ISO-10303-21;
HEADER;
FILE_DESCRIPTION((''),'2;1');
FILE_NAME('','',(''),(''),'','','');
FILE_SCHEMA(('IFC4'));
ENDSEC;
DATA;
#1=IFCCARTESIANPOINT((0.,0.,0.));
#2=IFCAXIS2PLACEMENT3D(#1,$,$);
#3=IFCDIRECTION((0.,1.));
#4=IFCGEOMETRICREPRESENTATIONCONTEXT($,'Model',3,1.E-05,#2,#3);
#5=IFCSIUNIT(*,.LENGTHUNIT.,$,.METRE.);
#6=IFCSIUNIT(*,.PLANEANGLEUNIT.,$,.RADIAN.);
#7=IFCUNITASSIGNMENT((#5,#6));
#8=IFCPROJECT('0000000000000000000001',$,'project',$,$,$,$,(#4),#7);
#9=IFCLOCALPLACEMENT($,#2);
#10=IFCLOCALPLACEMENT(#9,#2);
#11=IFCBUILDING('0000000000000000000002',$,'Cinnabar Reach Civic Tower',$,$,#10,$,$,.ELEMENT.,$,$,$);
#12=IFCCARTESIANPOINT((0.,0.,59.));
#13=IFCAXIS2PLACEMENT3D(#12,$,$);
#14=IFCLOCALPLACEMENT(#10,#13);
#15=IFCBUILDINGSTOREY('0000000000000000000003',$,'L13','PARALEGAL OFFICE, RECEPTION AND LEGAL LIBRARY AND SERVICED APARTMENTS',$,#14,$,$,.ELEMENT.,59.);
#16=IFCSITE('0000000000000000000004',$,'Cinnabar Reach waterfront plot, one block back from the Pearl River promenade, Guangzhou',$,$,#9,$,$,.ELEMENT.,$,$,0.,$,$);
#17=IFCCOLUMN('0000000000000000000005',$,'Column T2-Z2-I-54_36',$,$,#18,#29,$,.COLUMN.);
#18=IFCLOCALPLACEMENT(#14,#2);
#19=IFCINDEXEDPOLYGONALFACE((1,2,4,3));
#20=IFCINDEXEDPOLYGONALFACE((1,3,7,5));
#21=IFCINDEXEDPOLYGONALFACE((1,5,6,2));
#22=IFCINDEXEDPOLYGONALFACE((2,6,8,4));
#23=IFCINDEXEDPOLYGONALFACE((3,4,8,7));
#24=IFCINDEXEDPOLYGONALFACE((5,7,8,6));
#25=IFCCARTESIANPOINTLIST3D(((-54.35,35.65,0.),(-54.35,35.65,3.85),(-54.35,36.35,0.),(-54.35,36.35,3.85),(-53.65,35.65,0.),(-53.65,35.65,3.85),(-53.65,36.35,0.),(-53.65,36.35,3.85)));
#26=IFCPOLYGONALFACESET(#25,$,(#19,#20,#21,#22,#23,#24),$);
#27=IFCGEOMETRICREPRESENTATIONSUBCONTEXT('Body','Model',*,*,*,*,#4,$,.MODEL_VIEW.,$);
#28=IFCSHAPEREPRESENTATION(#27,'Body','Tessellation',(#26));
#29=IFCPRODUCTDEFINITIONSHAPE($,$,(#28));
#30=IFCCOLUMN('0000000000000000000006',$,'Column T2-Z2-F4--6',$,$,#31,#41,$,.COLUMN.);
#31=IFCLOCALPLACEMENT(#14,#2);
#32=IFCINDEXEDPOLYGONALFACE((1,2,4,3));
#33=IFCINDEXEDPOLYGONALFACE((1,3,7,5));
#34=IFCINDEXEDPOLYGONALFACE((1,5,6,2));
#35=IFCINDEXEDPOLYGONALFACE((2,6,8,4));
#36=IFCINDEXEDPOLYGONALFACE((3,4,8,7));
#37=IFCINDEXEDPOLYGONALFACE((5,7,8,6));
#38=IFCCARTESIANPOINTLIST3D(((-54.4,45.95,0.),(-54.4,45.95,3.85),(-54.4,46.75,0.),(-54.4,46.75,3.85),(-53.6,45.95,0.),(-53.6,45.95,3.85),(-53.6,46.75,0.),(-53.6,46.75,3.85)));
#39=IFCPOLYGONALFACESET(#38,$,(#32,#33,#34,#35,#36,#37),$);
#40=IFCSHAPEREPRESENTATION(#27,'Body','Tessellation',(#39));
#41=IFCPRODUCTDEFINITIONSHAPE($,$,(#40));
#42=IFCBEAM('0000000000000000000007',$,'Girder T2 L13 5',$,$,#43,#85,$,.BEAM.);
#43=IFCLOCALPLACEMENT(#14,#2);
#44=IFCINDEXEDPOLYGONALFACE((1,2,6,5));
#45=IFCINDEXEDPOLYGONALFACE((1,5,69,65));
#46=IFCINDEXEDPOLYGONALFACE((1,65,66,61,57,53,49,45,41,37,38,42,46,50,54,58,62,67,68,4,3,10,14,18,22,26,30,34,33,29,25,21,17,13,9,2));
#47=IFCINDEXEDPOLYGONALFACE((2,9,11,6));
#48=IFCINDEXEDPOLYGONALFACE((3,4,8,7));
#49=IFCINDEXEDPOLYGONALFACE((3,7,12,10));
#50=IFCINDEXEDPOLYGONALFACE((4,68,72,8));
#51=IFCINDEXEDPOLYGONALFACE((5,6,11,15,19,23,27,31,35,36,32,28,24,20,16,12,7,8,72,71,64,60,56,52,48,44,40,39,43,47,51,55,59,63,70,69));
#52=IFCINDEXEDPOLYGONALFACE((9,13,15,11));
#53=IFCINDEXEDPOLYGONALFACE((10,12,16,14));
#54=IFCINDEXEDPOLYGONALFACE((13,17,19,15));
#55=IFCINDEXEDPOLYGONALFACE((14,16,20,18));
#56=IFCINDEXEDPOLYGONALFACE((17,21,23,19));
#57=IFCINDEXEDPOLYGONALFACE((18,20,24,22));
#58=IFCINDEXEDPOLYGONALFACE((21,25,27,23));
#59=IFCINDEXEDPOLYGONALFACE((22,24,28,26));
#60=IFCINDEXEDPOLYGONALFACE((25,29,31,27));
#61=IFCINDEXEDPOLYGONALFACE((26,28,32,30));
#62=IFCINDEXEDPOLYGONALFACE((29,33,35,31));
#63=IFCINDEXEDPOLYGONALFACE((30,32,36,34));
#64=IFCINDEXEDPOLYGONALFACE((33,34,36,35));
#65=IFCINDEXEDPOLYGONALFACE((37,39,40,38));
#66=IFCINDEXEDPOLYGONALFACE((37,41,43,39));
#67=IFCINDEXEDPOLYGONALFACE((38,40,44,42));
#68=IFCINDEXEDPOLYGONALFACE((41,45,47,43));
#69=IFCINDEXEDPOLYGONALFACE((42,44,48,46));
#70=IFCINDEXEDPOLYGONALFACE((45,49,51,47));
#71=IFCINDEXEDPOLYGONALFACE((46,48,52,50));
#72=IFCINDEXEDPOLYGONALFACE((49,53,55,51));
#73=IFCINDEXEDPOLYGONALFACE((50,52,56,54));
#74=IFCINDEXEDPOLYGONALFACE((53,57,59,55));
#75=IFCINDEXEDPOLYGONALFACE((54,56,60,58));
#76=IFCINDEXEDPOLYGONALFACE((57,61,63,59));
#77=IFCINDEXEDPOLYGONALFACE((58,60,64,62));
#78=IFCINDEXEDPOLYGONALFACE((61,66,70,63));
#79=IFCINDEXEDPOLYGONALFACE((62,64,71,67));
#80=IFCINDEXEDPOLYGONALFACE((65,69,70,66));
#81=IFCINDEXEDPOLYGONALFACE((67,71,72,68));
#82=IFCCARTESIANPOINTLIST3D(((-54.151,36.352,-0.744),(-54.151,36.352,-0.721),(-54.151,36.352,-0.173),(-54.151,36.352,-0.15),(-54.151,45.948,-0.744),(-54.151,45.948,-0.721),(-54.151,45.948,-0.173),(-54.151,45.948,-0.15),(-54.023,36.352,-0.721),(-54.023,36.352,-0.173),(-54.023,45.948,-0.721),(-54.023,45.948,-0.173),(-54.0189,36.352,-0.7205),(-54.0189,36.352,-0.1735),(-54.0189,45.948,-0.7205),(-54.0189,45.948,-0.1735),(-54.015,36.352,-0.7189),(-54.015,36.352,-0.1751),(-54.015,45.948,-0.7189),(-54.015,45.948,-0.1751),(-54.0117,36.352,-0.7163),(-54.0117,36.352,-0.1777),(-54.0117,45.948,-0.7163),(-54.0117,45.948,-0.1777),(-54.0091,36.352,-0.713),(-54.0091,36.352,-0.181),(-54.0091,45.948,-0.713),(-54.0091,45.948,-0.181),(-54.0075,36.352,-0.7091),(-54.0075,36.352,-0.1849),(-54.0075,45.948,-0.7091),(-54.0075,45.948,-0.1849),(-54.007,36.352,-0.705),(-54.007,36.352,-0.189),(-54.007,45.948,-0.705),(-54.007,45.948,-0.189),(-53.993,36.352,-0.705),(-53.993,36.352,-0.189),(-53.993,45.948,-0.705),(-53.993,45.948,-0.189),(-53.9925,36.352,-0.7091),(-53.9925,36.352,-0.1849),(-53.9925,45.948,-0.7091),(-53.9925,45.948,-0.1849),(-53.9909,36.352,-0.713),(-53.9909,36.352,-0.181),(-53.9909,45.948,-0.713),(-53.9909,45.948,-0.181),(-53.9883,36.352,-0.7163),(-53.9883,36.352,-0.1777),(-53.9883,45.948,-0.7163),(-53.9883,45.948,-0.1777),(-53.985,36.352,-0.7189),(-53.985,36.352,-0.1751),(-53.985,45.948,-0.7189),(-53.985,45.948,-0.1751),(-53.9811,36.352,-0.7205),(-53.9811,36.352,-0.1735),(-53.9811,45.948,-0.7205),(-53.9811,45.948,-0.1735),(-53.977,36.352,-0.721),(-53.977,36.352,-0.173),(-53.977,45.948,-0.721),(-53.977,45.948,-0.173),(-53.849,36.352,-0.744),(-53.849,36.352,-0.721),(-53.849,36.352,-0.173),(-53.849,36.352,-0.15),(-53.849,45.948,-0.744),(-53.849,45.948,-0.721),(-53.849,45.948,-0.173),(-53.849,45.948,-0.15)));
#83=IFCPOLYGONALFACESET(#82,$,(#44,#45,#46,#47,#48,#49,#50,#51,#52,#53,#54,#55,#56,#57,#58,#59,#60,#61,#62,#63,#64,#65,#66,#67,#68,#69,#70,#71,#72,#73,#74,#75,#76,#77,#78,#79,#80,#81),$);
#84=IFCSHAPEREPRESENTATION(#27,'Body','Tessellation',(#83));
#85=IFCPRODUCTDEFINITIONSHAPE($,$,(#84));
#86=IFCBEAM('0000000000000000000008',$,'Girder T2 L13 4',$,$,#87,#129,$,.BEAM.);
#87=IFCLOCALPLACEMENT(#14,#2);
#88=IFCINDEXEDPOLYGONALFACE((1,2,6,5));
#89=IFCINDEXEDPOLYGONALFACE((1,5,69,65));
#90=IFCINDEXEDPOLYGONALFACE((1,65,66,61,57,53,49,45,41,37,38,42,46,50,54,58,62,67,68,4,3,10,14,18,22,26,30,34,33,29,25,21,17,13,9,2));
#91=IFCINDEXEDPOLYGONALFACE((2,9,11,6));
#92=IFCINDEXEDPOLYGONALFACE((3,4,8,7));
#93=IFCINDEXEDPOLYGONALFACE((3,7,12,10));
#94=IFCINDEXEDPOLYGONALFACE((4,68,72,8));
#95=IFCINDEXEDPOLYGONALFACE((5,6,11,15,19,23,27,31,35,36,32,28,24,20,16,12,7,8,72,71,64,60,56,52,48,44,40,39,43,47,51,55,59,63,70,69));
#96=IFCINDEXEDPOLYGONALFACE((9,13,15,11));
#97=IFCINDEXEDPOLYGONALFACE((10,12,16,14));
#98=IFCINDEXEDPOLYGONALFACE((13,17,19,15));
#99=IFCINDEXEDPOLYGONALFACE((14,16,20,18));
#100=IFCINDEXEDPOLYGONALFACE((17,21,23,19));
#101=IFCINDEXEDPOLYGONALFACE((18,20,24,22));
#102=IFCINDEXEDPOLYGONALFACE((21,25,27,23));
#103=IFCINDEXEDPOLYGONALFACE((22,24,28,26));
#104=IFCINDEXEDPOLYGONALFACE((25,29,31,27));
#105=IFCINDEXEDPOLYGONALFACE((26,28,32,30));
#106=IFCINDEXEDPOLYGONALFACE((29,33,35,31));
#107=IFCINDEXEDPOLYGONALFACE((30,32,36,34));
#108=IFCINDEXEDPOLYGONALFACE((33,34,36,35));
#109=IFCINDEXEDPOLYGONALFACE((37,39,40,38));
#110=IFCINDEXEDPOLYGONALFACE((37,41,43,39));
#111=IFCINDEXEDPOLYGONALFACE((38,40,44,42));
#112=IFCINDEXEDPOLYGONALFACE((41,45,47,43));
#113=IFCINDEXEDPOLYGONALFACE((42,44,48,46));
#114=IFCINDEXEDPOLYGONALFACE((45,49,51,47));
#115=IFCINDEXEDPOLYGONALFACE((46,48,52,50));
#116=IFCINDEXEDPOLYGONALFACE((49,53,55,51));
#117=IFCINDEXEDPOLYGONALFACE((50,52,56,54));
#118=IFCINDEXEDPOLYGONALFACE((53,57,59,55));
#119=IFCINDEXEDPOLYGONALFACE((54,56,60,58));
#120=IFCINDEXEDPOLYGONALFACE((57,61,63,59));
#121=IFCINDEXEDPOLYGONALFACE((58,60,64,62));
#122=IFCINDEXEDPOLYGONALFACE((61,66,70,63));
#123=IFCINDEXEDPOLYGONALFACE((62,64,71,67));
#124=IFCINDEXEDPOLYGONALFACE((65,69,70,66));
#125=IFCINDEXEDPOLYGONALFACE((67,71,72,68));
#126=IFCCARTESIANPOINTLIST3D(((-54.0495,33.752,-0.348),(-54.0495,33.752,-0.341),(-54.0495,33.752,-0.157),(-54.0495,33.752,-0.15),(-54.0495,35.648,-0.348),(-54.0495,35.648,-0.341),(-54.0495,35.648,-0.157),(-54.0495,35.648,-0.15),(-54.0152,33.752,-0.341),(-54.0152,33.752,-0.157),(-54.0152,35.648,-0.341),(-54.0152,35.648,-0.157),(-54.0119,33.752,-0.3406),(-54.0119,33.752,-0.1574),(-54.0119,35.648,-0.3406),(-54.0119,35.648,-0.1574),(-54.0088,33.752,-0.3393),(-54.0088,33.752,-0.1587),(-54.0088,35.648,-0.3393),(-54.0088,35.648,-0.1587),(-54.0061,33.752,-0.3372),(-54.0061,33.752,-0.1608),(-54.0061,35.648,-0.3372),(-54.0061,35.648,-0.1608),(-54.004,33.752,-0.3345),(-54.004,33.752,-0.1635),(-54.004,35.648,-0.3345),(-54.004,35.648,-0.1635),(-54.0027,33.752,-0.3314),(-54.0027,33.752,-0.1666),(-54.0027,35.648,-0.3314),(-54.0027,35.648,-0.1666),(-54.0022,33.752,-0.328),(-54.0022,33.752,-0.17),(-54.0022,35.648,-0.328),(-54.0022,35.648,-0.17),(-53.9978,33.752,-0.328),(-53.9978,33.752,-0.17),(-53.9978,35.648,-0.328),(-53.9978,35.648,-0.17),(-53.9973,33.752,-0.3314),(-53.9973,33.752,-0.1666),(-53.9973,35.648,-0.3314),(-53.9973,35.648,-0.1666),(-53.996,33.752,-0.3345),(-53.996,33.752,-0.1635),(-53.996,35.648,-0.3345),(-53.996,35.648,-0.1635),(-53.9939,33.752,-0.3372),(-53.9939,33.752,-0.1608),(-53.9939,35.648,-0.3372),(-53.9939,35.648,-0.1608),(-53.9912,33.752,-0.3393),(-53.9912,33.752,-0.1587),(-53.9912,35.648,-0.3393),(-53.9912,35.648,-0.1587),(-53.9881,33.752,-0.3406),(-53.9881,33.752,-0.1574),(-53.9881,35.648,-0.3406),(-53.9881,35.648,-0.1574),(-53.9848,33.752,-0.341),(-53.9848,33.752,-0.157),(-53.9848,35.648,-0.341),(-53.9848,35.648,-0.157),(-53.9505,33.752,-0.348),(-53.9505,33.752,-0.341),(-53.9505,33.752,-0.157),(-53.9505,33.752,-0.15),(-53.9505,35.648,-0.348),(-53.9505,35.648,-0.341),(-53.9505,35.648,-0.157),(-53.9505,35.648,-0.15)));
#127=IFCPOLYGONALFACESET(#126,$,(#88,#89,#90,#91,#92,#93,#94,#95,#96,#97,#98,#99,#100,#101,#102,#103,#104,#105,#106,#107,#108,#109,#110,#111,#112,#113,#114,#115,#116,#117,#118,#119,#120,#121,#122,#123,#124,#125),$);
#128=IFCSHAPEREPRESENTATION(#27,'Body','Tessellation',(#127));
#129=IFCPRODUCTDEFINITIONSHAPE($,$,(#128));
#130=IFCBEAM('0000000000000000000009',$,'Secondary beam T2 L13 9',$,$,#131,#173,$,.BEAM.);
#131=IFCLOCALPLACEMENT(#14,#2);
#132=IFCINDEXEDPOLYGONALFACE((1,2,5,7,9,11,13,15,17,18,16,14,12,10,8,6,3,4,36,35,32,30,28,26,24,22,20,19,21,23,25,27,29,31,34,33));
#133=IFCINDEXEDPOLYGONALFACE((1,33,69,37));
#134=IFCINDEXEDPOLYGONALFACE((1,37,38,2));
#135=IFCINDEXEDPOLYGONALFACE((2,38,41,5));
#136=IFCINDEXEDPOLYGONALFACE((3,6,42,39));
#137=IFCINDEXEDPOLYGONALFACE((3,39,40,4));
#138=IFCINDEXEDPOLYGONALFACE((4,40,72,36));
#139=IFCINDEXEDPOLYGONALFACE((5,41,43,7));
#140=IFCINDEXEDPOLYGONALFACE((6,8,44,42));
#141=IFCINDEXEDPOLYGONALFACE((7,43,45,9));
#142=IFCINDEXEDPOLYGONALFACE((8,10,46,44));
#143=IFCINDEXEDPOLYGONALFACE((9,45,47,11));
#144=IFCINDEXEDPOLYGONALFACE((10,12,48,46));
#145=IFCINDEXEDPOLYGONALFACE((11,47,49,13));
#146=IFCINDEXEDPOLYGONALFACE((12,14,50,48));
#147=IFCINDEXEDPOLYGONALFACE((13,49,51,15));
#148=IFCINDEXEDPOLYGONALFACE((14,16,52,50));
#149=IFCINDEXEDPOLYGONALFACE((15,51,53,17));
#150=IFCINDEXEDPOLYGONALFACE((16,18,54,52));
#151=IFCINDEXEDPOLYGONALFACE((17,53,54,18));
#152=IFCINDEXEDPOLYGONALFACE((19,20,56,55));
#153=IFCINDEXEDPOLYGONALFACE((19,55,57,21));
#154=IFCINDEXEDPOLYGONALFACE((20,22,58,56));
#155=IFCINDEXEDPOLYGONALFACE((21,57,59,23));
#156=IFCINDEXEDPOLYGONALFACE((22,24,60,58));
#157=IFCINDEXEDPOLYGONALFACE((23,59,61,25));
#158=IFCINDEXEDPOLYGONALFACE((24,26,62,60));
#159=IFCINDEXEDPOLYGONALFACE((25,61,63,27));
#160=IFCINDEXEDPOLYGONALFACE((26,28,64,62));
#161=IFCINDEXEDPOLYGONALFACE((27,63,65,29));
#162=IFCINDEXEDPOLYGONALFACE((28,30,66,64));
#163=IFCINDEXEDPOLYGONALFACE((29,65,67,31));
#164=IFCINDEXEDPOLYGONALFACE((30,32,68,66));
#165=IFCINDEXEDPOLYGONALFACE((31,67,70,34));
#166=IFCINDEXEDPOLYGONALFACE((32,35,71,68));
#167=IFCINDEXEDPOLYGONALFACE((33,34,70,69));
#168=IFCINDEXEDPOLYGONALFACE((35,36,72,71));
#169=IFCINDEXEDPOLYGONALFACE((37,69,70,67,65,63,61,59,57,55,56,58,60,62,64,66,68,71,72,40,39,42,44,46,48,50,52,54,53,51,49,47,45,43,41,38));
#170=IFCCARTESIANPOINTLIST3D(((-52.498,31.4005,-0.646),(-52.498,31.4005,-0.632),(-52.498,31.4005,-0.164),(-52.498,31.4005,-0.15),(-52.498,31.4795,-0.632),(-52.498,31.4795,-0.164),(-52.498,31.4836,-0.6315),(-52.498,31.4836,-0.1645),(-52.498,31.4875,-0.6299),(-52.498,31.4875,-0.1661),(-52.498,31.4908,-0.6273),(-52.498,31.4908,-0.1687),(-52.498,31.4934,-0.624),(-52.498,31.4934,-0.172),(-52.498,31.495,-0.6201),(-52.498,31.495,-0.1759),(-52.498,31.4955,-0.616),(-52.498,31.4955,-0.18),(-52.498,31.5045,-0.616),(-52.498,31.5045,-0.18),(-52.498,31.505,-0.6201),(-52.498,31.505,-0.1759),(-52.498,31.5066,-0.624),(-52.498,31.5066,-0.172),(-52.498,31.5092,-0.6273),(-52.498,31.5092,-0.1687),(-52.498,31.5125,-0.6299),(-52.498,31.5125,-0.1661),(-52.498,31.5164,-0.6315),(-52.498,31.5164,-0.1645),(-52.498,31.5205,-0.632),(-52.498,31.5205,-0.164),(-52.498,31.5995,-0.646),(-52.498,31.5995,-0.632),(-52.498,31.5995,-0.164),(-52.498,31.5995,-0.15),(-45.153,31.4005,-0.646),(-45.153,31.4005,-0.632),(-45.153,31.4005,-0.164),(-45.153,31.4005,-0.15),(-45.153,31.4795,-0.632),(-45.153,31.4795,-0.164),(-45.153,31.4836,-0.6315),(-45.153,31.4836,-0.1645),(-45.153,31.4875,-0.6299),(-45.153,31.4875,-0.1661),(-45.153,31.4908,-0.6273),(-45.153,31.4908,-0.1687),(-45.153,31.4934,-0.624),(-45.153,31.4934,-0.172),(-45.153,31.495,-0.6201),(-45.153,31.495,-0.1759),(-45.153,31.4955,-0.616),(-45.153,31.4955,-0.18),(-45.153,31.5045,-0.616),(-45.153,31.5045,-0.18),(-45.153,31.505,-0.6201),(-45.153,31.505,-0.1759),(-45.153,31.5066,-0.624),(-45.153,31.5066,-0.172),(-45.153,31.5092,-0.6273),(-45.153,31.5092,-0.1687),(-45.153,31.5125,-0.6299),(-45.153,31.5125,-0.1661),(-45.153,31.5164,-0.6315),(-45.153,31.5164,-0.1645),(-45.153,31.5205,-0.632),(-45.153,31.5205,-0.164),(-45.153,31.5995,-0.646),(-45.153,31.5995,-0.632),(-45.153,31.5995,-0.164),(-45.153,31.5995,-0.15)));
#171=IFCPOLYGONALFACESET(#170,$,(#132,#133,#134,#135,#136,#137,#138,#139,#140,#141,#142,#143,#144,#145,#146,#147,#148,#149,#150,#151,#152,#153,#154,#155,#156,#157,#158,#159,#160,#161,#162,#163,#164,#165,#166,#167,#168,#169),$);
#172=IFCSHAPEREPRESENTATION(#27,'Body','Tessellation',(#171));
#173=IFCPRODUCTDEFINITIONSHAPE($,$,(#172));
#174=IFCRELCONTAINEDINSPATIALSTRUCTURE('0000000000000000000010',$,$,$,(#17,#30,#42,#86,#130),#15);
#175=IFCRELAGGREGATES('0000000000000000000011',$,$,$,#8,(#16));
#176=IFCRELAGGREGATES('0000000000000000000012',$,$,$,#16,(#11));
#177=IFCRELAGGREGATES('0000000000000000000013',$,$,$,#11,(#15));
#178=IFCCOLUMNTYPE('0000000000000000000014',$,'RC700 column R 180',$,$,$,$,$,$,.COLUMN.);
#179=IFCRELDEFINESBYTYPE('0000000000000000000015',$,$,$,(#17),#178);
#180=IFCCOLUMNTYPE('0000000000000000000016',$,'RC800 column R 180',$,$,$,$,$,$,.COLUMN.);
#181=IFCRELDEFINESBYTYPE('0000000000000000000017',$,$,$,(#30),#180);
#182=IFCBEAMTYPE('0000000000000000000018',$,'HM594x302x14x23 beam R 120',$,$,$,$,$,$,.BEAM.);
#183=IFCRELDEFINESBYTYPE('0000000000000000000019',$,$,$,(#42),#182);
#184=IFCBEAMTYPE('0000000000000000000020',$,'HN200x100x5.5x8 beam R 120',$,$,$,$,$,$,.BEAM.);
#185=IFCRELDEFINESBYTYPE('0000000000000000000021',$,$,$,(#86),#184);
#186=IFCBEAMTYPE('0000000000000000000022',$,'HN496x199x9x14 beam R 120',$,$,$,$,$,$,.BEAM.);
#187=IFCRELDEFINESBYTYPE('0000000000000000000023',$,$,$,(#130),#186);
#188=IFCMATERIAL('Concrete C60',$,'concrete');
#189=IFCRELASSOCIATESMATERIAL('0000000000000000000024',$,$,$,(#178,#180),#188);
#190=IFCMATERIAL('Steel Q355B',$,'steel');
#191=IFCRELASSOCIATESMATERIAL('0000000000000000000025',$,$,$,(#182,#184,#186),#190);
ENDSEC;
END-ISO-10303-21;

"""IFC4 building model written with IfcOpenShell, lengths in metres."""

from ifc_helpers import new_model, si_unit, direction, frame, origin, origin_2d, place, context, subcontext, project, spatial, rectangle, i_section, extrude, material, material_profile, profile_set, type_object, element, save


model = new_model("IFC4")

# Units and contexts
model_context = context("Model", 3, precision=1e-05, world=origin(), true_north=direction((0.0, 1.0)))
body_context = subcontext(model_context, "Body", "Model", "MODEL_VIEW")
ifc_project = project(units=[si_unit("LENGTHUNIT", "METRE"), si_unit("PLANEANGLEUNIT", "RADIAN")], contexts=[model_context])

# Site, building, storey
site_placement = place(None, origin())
site = spatial("IfcSite", under=ifc_project, at=site_placement, Name="Cinnabar Reach waterfront plot, one block back from the Pearl River promenade, Guangzhou", CompositionType="ELEMENT", RefElevation=0.0)
building_placement = place(site_placement, origin())
building = spatial("IfcBuilding", under=site, at=building_placement, Name="Cinnabar Reach Civic Tower", CompositionType="ELEMENT")
storey_placement = place(building_placement, frame((0.0, 0.0, 59.0)))
storey = spatial("IfcBuildingStorey", under=building, at=storey_placement, Name="L13", Description="PARALEGAL OFFICE, RECEPTION AND LEGAL LIBRARY AND SERVICED APARTMENTS", CompositionType="ELEMENT", Elevation=59.0)

# Columns
ifc_material_1 = material(Name="Concrete C60", Category="concrete")
ifc_material_profile_1 = material_profile(ifc_material_1, rectangle(XDim=0.7, YDim=0.7, at=origin_2d()), Name="RC700")
ifc_profile_set_1 = profile_set([ifc_material_profile_1], Name="Concrete C60")
column_type_1 = type_object("IfcColumnType", Name="RC700 column R 180", PredefinedType="COLUMN", material=ifc_profile_set_1)
column_1_placement = place(storey_placement, frame((-54.0, 36.0, 0.0), z_axis=(0.0, 0.0, 1.0), x_axis=(1.0, 0.0, 0.0)))
element("IfcColumn", 1, at=column_1_placement, inside=storey, type_object=column_type_1, Name="Column T2-Z2-I-54_36", PredefinedType="COLUMN", context=body_context, shape_type="SweptSolid", body=[
    extrude(rectangle(XDim=0.7, YDim=0.7, at=origin_2d()), origin(), (0.0, 0.0, 1.0), 3.85),
])
ifc_material_profile_2 = material_profile(ifc_material_1, rectangle(XDim=0.8, YDim=0.8, at=origin_2d()), Name="RC800")
ifc_profile_set_2 = profile_set([ifc_material_profile_2], Name="Concrete C60")
column_type_2 = type_object("IfcColumnType", Name="RC800 column R 180", PredefinedType="COLUMN", material=ifc_profile_set_2)
column_2_placement = place(storey_placement, frame((-54.0, 46.35, 0.0), z_axis=(0.0, 0.0, 1.0), x_axis=(1.0, 0.0, 0.0)))
element("IfcColumn", 2, at=column_2_placement, inside=storey, type_object=column_type_2, Name="Column T2-Z2-F4--6", PredefinedType="COLUMN", context=body_context, shape_type="SweptSolid", body=[
    extrude(rectangle(XDim=0.8, YDim=0.8, at=origin_2d()), origin(), (0.0, 0.0, 1.0), 3.85),
])

# Beams
ifc_material_2 = material(Name="Steel Q355B", Category="steel")
ifc_material_profile_3 = material_profile(ifc_material_2, i_section(OverallWidth=0.302, OverallDepth=0.594, WebThickness=0.014, FlangeThickness=0.023, FilletRadius=0.016, at=origin_2d()), Name="HM594x302x14x23")
ifc_profile_set_3 = profile_set([ifc_material_profile_3], Name="Steel Q355B")
beam_type_1 = type_object("IfcBeamType", Name="HM594x302x14x23 beam R 120", PredefinedType="BEAM", material=ifc_profile_set_3)
beam_1_placement = place(storey_placement, frame((-54.0, 36.352, -0.447), z_axis=(0.0, 1.0, 0.0), x_axis=(-1.0, 0.0, 0.0)))
element("IfcBeam", 3, at=beam_1_placement, inside=storey, type_object=beam_type_1, Name="Girder T2 L13 5", PredefinedType="BEAM", context=body_context, shape_type="SweptSolid", body=[
    extrude(i_section(OverallWidth=0.302, OverallDepth=0.594, WebThickness=0.014, FlangeThickness=0.023, FilletRadius=0.016, at=origin_2d()), origin(), (0.0, 0.0, 1.0), 9.596),
])
ifc_material_profile_4 = material_profile(ifc_material_2, i_section(OverallWidth=0.099, OverallDepth=0.198, WebThickness=0.0045, FlangeThickness=0.007, FilletRadius=0.013, at=origin_2d()), Name="HN200x100x5.5x8")
ifc_profile_set_4 = profile_set([ifc_material_profile_4], Name="Steel Q355B")
beam_type_2 = type_object("IfcBeamType", Name="HN200x100x5.5x8 beam R 120", PredefinedType="BEAM", material=ifc_profile_set_4)
beam_2_placement = place(storey_placement, frame((-54.0, 33.752, -0.249), z_axis=(0.0, 1.0, 0.0), x_axis=(-1.0, 0.0, 0.0)))
element("IfcBeam", 4, at=beam_2_placement, inside=storey, type_object=beam_type_2, Name="Girder T2 L13 4", PredefinedType="BEAM", context=body_context, shape_type="SweptSolid", body=[
    extrude(i_section(OverallWidth=0.099, OverallDepth=0.198, WebThickness=0.0045, FlangeThickness=0.007, FilletRadius=0.013, at=origin_2d()), origin(), (0.0, 0.0, 1.0), 1.896),
])
ifc_material_profile_5 = material_profile(ifc_material_2, i_section(OverallWidth=0.199, OverallDepth=0.496, WebThickness=0.009, FlangeThickness=0.014, FilletRadius=0.016, at=origin_2d()), Name="HN496x199x9x14")
ifc_profile_set_5 = profile_set([ifc_material_profile_5], Name="Steel Q355B")
beam_type_3 = type_object("IfcBeamType", Name="HN496x199x9x14 beam R 120", PredefinedType="BEAM", material=ifc_profile_set_5)
beam_3_placement = place(storey_placement, frame((-52.498, 31.5, -0.398), z_axis=(1.0, 0.0, 0.0), x_axis=(0.0, 1.0, 0.0)))
element("IfcBeam", 5, at=beam_3_placement, inside=storey, type_object=beam_type_3, Name="Secondary beam T2 L13 9", PredefinedType="BEAM", context=body_context, shape_type="SweptSolid", body=[
    extrude(i_section(OverallWidth=0.199, OverallDepth=0.496, WebThickness=0.009, FlangeThickness=0.014, FilletRadius=0.016, at=origin_2d()), origin(), (0.0, 0.0, 1.0), 7.345),
])

save(model, "model.ifc")
